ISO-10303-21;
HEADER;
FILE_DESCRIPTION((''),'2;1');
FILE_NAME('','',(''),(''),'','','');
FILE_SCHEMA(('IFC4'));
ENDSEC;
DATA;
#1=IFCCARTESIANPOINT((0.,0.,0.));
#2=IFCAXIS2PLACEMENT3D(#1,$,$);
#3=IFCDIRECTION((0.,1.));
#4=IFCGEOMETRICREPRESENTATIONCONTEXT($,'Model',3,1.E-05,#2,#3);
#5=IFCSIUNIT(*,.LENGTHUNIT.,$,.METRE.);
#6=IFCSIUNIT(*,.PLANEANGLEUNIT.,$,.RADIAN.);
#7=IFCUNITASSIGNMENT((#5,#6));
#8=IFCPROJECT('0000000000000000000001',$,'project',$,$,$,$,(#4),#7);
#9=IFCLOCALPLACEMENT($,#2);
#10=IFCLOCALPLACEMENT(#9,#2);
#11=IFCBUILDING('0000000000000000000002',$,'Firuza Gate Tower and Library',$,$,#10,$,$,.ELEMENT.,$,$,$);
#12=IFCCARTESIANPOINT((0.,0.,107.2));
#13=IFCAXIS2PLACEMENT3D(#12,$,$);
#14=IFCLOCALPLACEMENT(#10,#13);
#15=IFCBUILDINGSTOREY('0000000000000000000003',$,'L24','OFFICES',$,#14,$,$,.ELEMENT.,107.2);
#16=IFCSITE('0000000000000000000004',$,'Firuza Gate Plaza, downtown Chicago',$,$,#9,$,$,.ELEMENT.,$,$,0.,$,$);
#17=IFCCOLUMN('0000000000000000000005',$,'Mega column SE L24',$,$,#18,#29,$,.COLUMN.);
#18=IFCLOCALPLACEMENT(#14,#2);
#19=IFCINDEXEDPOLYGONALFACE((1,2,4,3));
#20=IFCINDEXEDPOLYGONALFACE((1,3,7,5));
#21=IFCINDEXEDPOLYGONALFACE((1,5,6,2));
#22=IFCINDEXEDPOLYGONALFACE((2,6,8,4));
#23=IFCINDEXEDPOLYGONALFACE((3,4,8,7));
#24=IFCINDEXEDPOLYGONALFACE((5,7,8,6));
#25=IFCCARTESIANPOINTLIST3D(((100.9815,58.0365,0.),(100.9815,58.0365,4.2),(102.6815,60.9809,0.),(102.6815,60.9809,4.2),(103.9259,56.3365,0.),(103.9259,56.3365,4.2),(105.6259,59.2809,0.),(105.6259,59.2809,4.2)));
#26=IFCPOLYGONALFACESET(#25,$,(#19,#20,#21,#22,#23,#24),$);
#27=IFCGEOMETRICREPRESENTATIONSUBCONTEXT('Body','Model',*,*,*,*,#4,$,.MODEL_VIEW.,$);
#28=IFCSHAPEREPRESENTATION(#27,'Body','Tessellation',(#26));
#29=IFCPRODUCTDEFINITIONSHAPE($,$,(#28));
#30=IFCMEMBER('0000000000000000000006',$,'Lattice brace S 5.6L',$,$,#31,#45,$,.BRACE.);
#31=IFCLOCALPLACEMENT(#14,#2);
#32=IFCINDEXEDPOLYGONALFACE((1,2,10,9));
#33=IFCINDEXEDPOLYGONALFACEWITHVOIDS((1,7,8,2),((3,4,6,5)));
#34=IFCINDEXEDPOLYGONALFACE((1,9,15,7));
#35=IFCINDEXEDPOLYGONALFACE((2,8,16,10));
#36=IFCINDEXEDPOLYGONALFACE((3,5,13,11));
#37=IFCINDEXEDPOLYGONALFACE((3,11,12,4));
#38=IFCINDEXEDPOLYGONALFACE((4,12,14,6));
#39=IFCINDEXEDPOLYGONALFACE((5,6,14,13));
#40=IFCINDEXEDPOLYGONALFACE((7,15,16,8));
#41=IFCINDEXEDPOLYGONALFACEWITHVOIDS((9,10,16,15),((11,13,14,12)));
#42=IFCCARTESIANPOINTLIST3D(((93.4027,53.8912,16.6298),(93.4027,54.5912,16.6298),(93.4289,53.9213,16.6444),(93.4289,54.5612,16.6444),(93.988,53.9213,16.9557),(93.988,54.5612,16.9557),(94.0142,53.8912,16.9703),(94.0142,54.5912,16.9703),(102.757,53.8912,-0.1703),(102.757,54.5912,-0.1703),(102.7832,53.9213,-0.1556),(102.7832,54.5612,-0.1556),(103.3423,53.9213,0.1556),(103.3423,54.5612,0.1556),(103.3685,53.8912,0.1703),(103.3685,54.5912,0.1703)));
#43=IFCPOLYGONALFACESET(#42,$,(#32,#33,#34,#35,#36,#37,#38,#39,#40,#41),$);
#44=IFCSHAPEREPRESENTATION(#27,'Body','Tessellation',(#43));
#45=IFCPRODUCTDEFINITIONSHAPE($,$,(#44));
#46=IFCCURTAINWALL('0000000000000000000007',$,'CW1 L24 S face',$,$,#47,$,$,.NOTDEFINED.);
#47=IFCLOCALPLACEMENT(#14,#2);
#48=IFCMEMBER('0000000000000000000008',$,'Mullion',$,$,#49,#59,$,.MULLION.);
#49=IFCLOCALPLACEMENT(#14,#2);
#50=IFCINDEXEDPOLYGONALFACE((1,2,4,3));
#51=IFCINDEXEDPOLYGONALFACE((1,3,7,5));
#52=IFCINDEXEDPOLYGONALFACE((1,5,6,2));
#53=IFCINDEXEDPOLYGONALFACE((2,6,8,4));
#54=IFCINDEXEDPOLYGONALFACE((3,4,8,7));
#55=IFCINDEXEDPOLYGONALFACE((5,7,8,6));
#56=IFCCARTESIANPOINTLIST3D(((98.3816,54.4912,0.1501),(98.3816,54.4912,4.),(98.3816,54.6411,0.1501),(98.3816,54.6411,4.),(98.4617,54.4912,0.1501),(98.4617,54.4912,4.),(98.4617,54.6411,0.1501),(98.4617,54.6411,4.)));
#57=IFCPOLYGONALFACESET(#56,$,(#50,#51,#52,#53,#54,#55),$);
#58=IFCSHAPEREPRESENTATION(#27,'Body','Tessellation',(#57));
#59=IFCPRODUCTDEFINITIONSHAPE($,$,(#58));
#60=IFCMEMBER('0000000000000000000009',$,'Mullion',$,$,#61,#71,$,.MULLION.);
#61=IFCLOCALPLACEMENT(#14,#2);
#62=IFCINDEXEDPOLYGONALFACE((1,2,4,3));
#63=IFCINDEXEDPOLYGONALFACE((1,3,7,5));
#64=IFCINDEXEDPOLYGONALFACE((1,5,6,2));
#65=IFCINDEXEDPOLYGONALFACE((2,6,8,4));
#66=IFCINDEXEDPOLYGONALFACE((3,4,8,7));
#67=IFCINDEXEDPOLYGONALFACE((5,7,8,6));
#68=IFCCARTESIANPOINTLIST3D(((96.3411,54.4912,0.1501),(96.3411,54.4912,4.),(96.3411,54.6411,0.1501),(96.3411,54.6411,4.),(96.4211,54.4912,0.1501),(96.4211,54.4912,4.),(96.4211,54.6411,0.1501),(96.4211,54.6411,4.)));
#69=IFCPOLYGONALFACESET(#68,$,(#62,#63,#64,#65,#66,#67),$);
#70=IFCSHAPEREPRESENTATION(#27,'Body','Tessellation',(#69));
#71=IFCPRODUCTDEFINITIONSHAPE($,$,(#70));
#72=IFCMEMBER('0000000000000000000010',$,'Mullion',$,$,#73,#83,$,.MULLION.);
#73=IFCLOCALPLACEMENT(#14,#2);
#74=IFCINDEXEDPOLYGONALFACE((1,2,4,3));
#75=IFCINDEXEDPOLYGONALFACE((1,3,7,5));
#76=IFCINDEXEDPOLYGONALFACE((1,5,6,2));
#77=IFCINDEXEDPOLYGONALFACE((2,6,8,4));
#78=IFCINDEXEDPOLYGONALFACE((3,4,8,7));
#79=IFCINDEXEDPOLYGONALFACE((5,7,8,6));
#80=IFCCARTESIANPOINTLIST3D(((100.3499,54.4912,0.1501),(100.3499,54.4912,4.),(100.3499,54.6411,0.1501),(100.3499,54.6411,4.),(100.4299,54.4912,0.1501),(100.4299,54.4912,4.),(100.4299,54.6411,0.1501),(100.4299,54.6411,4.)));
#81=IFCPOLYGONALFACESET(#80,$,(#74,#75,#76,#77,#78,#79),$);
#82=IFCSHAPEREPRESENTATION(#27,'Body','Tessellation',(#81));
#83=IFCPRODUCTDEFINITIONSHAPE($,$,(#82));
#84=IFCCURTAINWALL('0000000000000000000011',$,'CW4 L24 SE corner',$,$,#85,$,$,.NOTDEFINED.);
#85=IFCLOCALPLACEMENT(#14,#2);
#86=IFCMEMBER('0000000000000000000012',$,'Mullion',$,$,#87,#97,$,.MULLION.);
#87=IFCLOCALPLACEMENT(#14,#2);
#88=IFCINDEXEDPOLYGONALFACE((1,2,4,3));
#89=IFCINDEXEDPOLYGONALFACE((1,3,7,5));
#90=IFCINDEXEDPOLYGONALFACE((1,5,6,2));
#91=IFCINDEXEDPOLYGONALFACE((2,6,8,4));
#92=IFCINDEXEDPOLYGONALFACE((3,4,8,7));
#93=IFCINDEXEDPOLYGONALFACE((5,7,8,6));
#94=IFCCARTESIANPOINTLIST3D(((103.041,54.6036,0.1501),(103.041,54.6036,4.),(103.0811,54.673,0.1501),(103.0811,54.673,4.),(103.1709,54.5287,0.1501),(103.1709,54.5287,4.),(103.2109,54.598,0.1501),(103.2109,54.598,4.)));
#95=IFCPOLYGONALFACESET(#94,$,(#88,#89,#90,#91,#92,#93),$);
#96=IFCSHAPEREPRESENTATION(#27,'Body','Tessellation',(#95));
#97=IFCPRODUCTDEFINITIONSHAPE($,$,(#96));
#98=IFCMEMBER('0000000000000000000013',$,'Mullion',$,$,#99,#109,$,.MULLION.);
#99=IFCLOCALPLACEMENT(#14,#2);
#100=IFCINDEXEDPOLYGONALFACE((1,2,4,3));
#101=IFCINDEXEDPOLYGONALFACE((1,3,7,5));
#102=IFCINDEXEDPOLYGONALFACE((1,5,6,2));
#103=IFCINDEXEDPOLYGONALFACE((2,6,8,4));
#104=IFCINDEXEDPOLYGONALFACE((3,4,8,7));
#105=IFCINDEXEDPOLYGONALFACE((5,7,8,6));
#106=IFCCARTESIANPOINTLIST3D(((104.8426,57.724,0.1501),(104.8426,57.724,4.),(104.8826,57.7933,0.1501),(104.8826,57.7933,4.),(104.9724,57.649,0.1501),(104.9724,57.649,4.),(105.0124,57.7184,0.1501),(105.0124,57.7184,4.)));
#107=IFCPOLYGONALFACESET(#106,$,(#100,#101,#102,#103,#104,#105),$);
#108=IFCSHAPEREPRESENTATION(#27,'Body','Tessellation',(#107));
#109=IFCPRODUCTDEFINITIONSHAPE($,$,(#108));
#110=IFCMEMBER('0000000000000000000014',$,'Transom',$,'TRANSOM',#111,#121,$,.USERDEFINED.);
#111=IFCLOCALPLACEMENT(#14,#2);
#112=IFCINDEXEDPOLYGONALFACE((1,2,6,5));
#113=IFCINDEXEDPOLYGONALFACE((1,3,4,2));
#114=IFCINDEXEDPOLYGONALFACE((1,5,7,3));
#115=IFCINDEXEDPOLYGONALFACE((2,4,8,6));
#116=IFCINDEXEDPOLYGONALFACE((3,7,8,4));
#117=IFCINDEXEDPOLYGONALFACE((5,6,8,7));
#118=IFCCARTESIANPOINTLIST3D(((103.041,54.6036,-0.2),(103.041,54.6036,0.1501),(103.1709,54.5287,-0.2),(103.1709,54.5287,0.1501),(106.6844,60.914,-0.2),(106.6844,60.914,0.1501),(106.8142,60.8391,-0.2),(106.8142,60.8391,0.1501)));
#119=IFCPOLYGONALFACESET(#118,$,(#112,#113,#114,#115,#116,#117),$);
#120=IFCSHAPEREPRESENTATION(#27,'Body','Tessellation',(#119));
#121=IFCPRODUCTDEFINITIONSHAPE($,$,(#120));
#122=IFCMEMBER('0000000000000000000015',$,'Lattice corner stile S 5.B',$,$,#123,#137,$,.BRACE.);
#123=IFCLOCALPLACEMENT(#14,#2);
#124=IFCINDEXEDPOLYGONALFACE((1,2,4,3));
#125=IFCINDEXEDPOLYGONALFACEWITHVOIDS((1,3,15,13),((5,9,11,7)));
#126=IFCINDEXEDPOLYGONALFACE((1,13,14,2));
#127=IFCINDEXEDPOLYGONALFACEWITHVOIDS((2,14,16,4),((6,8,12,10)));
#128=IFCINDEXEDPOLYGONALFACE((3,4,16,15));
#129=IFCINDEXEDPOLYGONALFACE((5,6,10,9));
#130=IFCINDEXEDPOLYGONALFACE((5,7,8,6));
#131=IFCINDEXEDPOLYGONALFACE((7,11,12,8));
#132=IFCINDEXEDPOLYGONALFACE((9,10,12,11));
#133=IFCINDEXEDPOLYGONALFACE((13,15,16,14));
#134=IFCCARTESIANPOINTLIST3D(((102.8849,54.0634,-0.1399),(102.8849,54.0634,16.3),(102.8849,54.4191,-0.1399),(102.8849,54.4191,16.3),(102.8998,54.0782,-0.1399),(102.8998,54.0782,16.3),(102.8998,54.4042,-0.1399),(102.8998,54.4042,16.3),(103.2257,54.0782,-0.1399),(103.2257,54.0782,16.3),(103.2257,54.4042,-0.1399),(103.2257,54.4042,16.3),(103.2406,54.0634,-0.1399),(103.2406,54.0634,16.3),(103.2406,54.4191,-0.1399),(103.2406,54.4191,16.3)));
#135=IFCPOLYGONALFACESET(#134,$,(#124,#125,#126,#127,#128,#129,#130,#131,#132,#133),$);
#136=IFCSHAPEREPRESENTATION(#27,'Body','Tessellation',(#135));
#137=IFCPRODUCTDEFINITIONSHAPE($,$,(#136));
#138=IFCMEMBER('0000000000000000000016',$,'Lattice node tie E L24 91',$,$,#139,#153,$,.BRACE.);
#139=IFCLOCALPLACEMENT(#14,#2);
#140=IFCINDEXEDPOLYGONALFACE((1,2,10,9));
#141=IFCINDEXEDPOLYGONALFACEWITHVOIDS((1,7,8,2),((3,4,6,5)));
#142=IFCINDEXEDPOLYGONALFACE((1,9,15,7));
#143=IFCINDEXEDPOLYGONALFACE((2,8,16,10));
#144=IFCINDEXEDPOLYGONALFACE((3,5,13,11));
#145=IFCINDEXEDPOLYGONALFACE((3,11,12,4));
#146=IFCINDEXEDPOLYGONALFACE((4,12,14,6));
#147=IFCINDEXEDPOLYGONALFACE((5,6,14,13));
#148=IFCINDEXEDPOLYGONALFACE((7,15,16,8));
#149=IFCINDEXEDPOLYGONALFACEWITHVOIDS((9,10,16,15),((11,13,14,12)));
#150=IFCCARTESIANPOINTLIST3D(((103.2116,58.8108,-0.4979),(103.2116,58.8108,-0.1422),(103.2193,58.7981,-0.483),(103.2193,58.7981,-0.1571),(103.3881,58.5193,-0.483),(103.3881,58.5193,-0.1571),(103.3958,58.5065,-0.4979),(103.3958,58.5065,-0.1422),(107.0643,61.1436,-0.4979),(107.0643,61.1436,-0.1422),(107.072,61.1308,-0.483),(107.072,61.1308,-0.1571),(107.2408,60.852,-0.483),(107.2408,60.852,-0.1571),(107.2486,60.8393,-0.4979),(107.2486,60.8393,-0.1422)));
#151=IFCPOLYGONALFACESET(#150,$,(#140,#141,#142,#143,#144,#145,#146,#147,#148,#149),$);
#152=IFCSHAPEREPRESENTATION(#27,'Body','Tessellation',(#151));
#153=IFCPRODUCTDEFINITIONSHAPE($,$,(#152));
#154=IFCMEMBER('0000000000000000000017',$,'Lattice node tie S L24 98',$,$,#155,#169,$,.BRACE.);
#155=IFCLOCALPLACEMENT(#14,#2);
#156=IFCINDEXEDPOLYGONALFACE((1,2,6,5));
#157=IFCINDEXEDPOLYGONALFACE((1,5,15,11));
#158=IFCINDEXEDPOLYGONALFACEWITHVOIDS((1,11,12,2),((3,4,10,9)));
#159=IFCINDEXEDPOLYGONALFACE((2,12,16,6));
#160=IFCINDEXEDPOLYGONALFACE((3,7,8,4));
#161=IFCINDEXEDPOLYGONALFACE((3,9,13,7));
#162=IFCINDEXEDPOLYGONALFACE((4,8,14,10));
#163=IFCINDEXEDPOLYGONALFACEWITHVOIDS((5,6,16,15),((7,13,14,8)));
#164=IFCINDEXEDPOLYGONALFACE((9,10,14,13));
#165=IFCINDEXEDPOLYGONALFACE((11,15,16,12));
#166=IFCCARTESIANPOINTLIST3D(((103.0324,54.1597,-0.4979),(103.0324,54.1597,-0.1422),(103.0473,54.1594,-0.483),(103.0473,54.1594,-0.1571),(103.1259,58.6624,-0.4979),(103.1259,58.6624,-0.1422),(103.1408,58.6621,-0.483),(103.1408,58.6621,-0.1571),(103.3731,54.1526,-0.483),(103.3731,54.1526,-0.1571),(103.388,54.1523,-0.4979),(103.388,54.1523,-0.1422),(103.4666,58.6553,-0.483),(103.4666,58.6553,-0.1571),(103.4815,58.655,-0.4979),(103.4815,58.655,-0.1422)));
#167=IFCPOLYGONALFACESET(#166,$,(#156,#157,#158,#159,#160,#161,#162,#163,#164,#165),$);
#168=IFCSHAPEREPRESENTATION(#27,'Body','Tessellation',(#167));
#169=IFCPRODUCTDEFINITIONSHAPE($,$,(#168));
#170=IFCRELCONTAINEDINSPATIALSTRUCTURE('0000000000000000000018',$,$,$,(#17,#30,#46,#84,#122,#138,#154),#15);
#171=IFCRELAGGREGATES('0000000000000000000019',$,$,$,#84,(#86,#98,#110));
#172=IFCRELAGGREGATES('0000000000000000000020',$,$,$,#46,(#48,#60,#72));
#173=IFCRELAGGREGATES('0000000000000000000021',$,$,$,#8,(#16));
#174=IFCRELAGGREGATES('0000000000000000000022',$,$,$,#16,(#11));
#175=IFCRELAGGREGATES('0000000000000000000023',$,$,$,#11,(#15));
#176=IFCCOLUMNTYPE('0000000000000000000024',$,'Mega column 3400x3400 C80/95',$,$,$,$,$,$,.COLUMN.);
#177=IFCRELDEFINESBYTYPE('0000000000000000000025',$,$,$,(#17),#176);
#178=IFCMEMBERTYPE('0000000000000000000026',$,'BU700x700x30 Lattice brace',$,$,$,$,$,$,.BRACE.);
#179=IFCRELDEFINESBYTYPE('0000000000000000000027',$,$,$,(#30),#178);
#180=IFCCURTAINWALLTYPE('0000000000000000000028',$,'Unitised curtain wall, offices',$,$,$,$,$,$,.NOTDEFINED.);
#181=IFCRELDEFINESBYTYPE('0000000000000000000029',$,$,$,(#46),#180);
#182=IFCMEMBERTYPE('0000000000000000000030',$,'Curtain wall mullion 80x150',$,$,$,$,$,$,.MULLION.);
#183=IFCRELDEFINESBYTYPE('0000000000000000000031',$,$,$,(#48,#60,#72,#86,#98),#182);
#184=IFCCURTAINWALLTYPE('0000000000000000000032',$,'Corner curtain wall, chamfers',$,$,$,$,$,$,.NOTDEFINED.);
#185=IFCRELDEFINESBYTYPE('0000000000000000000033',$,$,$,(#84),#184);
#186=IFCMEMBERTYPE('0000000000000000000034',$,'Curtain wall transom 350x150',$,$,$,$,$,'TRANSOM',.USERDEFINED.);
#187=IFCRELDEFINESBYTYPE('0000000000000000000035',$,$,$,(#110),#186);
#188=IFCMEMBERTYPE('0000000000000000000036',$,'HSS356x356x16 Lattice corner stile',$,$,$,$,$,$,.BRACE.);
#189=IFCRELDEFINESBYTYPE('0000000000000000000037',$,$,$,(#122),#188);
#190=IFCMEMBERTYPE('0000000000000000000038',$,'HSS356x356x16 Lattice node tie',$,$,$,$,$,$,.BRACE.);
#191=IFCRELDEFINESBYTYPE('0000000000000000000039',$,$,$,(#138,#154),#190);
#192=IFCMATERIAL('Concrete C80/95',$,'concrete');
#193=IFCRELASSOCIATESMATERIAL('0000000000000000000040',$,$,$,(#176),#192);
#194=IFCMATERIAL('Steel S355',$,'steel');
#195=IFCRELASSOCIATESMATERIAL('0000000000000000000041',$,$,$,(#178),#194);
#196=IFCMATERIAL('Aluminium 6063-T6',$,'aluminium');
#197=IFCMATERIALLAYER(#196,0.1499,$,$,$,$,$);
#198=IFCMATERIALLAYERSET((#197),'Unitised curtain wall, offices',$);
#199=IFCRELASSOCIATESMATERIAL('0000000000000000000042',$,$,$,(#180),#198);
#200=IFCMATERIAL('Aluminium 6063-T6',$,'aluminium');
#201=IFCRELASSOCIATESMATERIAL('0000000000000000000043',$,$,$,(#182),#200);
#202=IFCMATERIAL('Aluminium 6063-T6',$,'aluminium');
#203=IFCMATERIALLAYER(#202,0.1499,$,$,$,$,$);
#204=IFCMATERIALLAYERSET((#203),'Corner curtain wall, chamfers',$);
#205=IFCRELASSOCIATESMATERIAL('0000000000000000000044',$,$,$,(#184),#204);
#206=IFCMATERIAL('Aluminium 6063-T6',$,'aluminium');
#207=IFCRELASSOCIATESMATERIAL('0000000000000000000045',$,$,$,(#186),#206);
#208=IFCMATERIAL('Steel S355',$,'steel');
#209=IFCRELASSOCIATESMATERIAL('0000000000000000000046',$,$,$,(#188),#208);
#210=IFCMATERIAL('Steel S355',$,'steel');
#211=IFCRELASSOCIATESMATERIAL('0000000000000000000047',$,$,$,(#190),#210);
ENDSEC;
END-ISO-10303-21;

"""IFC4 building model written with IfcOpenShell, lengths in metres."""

from ifc_helpers import new_model, si_unit, direction, frame, origin, origin_2d, place, context, subcontext, project, spatial, rectangle, hollow_rectangle, extrude, material, layer, layer_set, material_profile, profile_set, type_object, element, aggregate, save


model = new_model("IFC4")

# Units and contexts
model_context = context("Model", 3, precision=1e-05, world=origin(), true_north=direction((0.0, 1.0)))
body_context = subcontext(model_context, "Body", "Model", "MODEL_VIEW")
ifc_project = project(units=[si_unit("LENGTHUNIT", "METRE"), si_unit("PLANEANGLEUNIT", "RADIAN")], contexts=[model_context])

# Site, building, storey
site_placement = place(None, origin())
site = spatial("IfcSite", under=ifc_project, at=site_placement, Name="Firuza Gate Plaza, downtown Chicago", CompositionType="ELEMENT", RefElevation=0.0)
building_placement = place(site_placement, origin())
building = spatial("IfcBuilding", under=site, at=building_placement, Name="Firuza Gate Tower and Library", CompositionType="ELEMENT")
storey_placement = place(building_placement, frame((0.0, 0.0, 107.2)))
storey = spatial("IfcBuildingStorey", under=building, at=storey_placement, Name="L24", Description="OFFICES", CompositionType="ELEMENT", Elevation=107.2)

# Column
ifc_material_1 = material(Name="Concrete C80/95", Category="concrete")
ifc_material_profile_1 = material_profile(ifc_material_1, rectangle(XDim=3.3999, YDim=3.3999, at=origin_2d()))
ifc_profile_set_1 = profile_set([ifc_material_profile_1], Name="Concrete C80/95")
column_type = type_object("IfcColumnType", Name="Mega column 3400x3400 C80/95", PredefinedType="COLUMN", material=ifc_profile_set_1)
column_placement = place(storey_placement, frame((103.3037, 58.6587, 0.0), z_axis=(0.0, 0.0, 1.0), x_axis=(0.5, 0.866025, 0.0)))
element("IfcColumn", 1, at=column_placement, inside=storey, type_object=column_type, Name="Mega column SE L24", PredefinedType="COLUMN", context=body_context, shape_type="SweptSolid", body=[
    extrude(rectangle(XDim=3.3999, YDim=3.3999, at=origin_2d()), origin(), (0.0, 0.0, 1.0), 4.2),
])

# Member
ifc_material_2 = material(Name="Steel S355", Category="steel")
ifc_material_profile_2 = material_profile(ifc_material_2, hollow_rectangle(XDim=0.7, YDim=0.7, WallThickness=0.03, at=origin_2d()))
ifc_profile_set_2 = profile_set([ifc_material_profile_2], Name="Steel S355")
member_type_1 = type_object("IfcMemberType", Name="BU700x700x30 Lattice brace", PredefinedType="BRACE", material=ifc_profile_set_2)
member_1_placement = place(storey_placement, frame((103.0627, 54.2412, 0.0), z_axis=(-0.486473, 0.0, 0.873696), x_axis=(0.0, -1.0, 0.0)))
element("IfcMember", 2, at=member_1_placement, inside=storey, type_object=member_type_1, Name="Lattice brace S 5.6L", PredefinedType="BRACE", context=body_context, shape_type="SweptSolid", body=[
    extrude(hollow_rectangle(XDim=0.7, YDim=0.7, WallThickness=0.03, at=origin_2d()), origin(), (0.0, 0.0, 1.0), 19.2288),
])

# Curtain walls, members
ifc_material_3 = material(Name="Aluminium 6063-T6", Category="aluminium")
ifc_layer_1 = layer(ifc_material_3, 0.1499)
ifc_layer_set_1 = layer_set([ifc_layer_1], Name="Unitised curtain wall, offices")
curtain_wall_type_1 = type_object("IfcCurtainWallType", Name="Unitised curtain wall, offices", PredefinedType="NOTDEFINED", material=ifc_layer_set_1)
placement = place(storey_placement, origin())
curtain_wall_1 = element("IfcCurtainWall", 3, at=placement, inside=storey, type_object=curtain_wall_type_1, Name="CW1 L24 S face", PredefinedType="NOTDEFINED")
ifc_material_4 = material(Name="Aluminium 6063-T6", Category="aluminium")
ifc_material_profile_3 = material_profile(ifc_material_4, rectangle(XDim=0.1499, YDim=0.0801, at=origin_2d()))
ifc_profile_set_3 = profile_set([ifc_material_profile_3], Name="Aluminium 6063-T6")
member_type_2 = type_object("IfcMemberType", Name="Curtain wall mullion 80x150", PredefinedType="MULLION", material=ifc_profile_set_3)
member_2_placement = place(storey_placement, frame((98.4216, 54.5662, 0.1501), z_axis=(0.0, 0.0, 1.0), x_axis=(0.0, 1.0, 0.0)))
member_2 = element("IfcMember", 4, at=member_2_placement, type_object=member_type_2, Name="Mullion", PredefinedType="MULLION", context=body_context, shape_type="SweptSolid", body=[
    extrude(rectangle(XDim=0.1499, YDim=0.0801, at=origin_2d()), origin(), (0.0, 0.0, 1.0), 3.8499),
])
member_3_placement = place(storey_placement, frame((96.3811, 54.5662, 0.1501), z_axis=(0.0, 0.0, 1.0), x_axis=(0.0, 1.0, 0.0)))
member_3 = element("IfcMember", 5, at=member_3_placement, type_object=member_type_2, Name="Mullion", PredefinedType="MULLION", context=body_context, shape_type="SweptSolid", body=[
    extrude(rectangle(XDim=0.1499, YDim=0.0801, at=origin_2d()), origin(), (0.0, 0.0, 1.0), 3.8499),
])
member_4_placement = place(storey_placement, frame((100.3899, 54.5662, 0.1501), z_axis=(0.0, 0.0, 1.0), x_axis=(0.0, 1.0, 0.0)))
member_4 = element("IfcMember", 6, at=member_4_placement, type_object=member_type_2, Name="Mullion", PredefinedType="MULLION", context=body_context, shape_type="SweptSolid", body=[
    extrude(rectangle(XDim=0.1499, YDim=0.0801, at=origin_2d()), origin(), (0.0, 0.0, 1.0), 3.8499),
])
ifc_material_5 = material(Name="Aluminium 6063-T6", Category="aluminium")
ifc_layer_2 = layer(ifc_material_5, 0.1499)
ifc_layer_set_2 = layer_set([ifc_layer_2], Name="Corner curtain wall, chamfers")
curtain_wall_type_2 = type_object("IfcCurtainWallType", Name="Corner curtain wall, chamfers", PredefinedType="NOTDEFINED", material=ifc_layer_set_2)
curtain_wall_2 = element("IfcCurtainWall", 7, at=placement, inside=storey, type_object=curtain_wall_type_2, Name="CW4 L24 SE corner", PredefinedType="NOTDEFINED")
member_5_placement = place(storey_placement, frame((103.126, 54.6008, 0.1501), z_axis=(0.0, 0.0, 1.0), x_axis=(-0.866025, 0.5, 0.0)))
member_5 = element("IfcMember", 8, at=member_5_placement, type_object=member_type_2, Name="Mullion", PredefinedType="MULLION", context=body_context, shape_type="SweptSolid", body=[
    extrude(rectangle(XDim=0.1499, YDim=0.0801, at=origin_2d()), origin(), (0.0, 0.0, 1.0), 3.8499),
])
member_6_placement = place(storey_placement, frame((104.9275, 57.7212, 0.1501), z_axis=(0.0, 0.0, 1.0), x_axis=(-0.866025, 0.5, 0.0)))
member_6 = element("IfcMember", 9, at=member_6_placement, type_object=member_type_2, Name="Mullion", PredefinedType="MULLION", context=body_context, shape_type="SweptSolid", body=[
    extrude(rectangle(XDim=0.1499, YDim=0.0801, at=origin_2d()), origin(), (0.0, 0.0, 1.0), 3.8499),
])
ifc_material_6 = material(Name="Aluminium 6063-T6", Category="aluminium")
ifc_material_profile_4 = material_profile(ifc_material_6, rectangle(XDim=0.1499, YDim=0.3501, at=origin_2d()))
ifc_profile_set_4 = profile_set([ifc_material_profile_4], Name="Aluminium 6063-T6")
member_type_3 = type_object("IfcMemberType", Name="Curtain wall transom 350x150", ElementType="TRANSOM", PredefinedType="USERDEFINED", material=ifc_profile_set_4)
member_7_placement = place(storey_placement, frame((103.106, 54.5662, -0.0249), z_axis=(0.500006, 0.866022, 0.0), x_axis=(-0.866022, 0.500006, 0.0)))
member_7 = element("IfcMember", 10, at=member_7_placement, type_object=member_type_3, Name="Transom", ObjectType="TRANSOM", PredefinedType="USERDEFINED", context=body_context, shape_type="SweptSolid", body=[
    extrude(rectangle(XDim=0.1499, YDim=0.3501, at=origin_2d()), origin(), (0.0, 0.0, 1.0), 7.2866),
])

# Members
ifc_material_7 = material(Name="Steel S355", Category="steel")
ifc_material_profile_5 = material_profile(ifc_material_7, hollow_rectangle(XDim=0.3557, YDim=0.3557, WallThickness=0.0149, at=origin_2d()))
ifc_profile_set_5 = profile_set([ifc_material_profile_5], Name="Steel S355")
member_type_4 = type_object("IfcMemberType", Name="HSS356x356x16 Lattice corner stile", PredefinedType="BRACE", material=ifc_profile_set_5)
member_8_placement = place(storey_placement, frame((103.0627, 54.2412, -0.1399), z_axis=(0.0, 0.0, 1.0), x_axis=(1.0, 0.0, 0.0)))
element("IfcMember", 11, at=member_8_placement, inside=storey, type_object=member_type_4, Name="Lattice corner stile S 5.B", PredefinedType="BRACE", context=body_context, shape_type="SweptSolid", body=[
    extrude(hollow_rectangle(XDim=0.3557, YDim=0.3557, WallThickness=0.0149, at=origin_2d()), origin(), (0.0, 0.0, 1.0), 16.4399),
])
ifc_material_8 = material(Name="Steel S355", Category="steel")
ifc_material_profile_6 = material_profile(ifc_material_8, hollow_rectangle(XDim=0.3557, YDim=0.3557, WallThickness=0.0149, at=origin_2d()))
ifc_profile_set_6 = profile_set([ifc_material_profile_6], Name="Steel S355")
member_type_5 = type_object("IfcMemberType", Name="HSS356x356x16 Lattice node tie", PredefinedType="BRACE", material=ifc_profile_set_6)
member_9_placement = place(storey_placement, frame((103.3037, 58.6587, -0.3201), z_axis=(0.85542, 0.517935, 0.0), x_axis=(-0.517935, 0.85542, 0.0)))
element("IfcMember", 12, at=member_9_placement, inside=storey, type_object=member_type_5, Name="Lattice node tie E L24 91", PredefinedType="BRACE", context=body_context, shape_type="SweptSolid", body=[
    extrude(hollow_rectangle(XDim=0.3557, YDim=0.3557, WallThickness=0.0149, at=origin_2d()), origin(), (0.0, 0.0, 1.0), 4.5039),
])
member_10_placement = place(storey_placement, frame((103.3037, 58.6587, -0.3201), z_axis=(-0.020762, -0.999784, 0.0), x_axis=(0.999784, -0.020762, 0.0)))
element("IfcMember", 13, at=member_10_placement, inside=storey, type_object=member_type_5, Name="Lattice node tie S L24 98", PredefinedType="BRACE", context=body_context, shape_type="SweptSolid", body=[
    extrude(hollow_rectangle(XDim=0.3557, YDim=0.3557, WallThickness=0.0149, at=origin_2d()), origin(), (0.0, 0.0, 1.0), 4.5037),
])

aggregate(curtain_wall_2, [member_5, member_6, member_7])
aggregate(curtain_wall_1, [member_2, member_3, member_4])

save(model, "model.ifc")
